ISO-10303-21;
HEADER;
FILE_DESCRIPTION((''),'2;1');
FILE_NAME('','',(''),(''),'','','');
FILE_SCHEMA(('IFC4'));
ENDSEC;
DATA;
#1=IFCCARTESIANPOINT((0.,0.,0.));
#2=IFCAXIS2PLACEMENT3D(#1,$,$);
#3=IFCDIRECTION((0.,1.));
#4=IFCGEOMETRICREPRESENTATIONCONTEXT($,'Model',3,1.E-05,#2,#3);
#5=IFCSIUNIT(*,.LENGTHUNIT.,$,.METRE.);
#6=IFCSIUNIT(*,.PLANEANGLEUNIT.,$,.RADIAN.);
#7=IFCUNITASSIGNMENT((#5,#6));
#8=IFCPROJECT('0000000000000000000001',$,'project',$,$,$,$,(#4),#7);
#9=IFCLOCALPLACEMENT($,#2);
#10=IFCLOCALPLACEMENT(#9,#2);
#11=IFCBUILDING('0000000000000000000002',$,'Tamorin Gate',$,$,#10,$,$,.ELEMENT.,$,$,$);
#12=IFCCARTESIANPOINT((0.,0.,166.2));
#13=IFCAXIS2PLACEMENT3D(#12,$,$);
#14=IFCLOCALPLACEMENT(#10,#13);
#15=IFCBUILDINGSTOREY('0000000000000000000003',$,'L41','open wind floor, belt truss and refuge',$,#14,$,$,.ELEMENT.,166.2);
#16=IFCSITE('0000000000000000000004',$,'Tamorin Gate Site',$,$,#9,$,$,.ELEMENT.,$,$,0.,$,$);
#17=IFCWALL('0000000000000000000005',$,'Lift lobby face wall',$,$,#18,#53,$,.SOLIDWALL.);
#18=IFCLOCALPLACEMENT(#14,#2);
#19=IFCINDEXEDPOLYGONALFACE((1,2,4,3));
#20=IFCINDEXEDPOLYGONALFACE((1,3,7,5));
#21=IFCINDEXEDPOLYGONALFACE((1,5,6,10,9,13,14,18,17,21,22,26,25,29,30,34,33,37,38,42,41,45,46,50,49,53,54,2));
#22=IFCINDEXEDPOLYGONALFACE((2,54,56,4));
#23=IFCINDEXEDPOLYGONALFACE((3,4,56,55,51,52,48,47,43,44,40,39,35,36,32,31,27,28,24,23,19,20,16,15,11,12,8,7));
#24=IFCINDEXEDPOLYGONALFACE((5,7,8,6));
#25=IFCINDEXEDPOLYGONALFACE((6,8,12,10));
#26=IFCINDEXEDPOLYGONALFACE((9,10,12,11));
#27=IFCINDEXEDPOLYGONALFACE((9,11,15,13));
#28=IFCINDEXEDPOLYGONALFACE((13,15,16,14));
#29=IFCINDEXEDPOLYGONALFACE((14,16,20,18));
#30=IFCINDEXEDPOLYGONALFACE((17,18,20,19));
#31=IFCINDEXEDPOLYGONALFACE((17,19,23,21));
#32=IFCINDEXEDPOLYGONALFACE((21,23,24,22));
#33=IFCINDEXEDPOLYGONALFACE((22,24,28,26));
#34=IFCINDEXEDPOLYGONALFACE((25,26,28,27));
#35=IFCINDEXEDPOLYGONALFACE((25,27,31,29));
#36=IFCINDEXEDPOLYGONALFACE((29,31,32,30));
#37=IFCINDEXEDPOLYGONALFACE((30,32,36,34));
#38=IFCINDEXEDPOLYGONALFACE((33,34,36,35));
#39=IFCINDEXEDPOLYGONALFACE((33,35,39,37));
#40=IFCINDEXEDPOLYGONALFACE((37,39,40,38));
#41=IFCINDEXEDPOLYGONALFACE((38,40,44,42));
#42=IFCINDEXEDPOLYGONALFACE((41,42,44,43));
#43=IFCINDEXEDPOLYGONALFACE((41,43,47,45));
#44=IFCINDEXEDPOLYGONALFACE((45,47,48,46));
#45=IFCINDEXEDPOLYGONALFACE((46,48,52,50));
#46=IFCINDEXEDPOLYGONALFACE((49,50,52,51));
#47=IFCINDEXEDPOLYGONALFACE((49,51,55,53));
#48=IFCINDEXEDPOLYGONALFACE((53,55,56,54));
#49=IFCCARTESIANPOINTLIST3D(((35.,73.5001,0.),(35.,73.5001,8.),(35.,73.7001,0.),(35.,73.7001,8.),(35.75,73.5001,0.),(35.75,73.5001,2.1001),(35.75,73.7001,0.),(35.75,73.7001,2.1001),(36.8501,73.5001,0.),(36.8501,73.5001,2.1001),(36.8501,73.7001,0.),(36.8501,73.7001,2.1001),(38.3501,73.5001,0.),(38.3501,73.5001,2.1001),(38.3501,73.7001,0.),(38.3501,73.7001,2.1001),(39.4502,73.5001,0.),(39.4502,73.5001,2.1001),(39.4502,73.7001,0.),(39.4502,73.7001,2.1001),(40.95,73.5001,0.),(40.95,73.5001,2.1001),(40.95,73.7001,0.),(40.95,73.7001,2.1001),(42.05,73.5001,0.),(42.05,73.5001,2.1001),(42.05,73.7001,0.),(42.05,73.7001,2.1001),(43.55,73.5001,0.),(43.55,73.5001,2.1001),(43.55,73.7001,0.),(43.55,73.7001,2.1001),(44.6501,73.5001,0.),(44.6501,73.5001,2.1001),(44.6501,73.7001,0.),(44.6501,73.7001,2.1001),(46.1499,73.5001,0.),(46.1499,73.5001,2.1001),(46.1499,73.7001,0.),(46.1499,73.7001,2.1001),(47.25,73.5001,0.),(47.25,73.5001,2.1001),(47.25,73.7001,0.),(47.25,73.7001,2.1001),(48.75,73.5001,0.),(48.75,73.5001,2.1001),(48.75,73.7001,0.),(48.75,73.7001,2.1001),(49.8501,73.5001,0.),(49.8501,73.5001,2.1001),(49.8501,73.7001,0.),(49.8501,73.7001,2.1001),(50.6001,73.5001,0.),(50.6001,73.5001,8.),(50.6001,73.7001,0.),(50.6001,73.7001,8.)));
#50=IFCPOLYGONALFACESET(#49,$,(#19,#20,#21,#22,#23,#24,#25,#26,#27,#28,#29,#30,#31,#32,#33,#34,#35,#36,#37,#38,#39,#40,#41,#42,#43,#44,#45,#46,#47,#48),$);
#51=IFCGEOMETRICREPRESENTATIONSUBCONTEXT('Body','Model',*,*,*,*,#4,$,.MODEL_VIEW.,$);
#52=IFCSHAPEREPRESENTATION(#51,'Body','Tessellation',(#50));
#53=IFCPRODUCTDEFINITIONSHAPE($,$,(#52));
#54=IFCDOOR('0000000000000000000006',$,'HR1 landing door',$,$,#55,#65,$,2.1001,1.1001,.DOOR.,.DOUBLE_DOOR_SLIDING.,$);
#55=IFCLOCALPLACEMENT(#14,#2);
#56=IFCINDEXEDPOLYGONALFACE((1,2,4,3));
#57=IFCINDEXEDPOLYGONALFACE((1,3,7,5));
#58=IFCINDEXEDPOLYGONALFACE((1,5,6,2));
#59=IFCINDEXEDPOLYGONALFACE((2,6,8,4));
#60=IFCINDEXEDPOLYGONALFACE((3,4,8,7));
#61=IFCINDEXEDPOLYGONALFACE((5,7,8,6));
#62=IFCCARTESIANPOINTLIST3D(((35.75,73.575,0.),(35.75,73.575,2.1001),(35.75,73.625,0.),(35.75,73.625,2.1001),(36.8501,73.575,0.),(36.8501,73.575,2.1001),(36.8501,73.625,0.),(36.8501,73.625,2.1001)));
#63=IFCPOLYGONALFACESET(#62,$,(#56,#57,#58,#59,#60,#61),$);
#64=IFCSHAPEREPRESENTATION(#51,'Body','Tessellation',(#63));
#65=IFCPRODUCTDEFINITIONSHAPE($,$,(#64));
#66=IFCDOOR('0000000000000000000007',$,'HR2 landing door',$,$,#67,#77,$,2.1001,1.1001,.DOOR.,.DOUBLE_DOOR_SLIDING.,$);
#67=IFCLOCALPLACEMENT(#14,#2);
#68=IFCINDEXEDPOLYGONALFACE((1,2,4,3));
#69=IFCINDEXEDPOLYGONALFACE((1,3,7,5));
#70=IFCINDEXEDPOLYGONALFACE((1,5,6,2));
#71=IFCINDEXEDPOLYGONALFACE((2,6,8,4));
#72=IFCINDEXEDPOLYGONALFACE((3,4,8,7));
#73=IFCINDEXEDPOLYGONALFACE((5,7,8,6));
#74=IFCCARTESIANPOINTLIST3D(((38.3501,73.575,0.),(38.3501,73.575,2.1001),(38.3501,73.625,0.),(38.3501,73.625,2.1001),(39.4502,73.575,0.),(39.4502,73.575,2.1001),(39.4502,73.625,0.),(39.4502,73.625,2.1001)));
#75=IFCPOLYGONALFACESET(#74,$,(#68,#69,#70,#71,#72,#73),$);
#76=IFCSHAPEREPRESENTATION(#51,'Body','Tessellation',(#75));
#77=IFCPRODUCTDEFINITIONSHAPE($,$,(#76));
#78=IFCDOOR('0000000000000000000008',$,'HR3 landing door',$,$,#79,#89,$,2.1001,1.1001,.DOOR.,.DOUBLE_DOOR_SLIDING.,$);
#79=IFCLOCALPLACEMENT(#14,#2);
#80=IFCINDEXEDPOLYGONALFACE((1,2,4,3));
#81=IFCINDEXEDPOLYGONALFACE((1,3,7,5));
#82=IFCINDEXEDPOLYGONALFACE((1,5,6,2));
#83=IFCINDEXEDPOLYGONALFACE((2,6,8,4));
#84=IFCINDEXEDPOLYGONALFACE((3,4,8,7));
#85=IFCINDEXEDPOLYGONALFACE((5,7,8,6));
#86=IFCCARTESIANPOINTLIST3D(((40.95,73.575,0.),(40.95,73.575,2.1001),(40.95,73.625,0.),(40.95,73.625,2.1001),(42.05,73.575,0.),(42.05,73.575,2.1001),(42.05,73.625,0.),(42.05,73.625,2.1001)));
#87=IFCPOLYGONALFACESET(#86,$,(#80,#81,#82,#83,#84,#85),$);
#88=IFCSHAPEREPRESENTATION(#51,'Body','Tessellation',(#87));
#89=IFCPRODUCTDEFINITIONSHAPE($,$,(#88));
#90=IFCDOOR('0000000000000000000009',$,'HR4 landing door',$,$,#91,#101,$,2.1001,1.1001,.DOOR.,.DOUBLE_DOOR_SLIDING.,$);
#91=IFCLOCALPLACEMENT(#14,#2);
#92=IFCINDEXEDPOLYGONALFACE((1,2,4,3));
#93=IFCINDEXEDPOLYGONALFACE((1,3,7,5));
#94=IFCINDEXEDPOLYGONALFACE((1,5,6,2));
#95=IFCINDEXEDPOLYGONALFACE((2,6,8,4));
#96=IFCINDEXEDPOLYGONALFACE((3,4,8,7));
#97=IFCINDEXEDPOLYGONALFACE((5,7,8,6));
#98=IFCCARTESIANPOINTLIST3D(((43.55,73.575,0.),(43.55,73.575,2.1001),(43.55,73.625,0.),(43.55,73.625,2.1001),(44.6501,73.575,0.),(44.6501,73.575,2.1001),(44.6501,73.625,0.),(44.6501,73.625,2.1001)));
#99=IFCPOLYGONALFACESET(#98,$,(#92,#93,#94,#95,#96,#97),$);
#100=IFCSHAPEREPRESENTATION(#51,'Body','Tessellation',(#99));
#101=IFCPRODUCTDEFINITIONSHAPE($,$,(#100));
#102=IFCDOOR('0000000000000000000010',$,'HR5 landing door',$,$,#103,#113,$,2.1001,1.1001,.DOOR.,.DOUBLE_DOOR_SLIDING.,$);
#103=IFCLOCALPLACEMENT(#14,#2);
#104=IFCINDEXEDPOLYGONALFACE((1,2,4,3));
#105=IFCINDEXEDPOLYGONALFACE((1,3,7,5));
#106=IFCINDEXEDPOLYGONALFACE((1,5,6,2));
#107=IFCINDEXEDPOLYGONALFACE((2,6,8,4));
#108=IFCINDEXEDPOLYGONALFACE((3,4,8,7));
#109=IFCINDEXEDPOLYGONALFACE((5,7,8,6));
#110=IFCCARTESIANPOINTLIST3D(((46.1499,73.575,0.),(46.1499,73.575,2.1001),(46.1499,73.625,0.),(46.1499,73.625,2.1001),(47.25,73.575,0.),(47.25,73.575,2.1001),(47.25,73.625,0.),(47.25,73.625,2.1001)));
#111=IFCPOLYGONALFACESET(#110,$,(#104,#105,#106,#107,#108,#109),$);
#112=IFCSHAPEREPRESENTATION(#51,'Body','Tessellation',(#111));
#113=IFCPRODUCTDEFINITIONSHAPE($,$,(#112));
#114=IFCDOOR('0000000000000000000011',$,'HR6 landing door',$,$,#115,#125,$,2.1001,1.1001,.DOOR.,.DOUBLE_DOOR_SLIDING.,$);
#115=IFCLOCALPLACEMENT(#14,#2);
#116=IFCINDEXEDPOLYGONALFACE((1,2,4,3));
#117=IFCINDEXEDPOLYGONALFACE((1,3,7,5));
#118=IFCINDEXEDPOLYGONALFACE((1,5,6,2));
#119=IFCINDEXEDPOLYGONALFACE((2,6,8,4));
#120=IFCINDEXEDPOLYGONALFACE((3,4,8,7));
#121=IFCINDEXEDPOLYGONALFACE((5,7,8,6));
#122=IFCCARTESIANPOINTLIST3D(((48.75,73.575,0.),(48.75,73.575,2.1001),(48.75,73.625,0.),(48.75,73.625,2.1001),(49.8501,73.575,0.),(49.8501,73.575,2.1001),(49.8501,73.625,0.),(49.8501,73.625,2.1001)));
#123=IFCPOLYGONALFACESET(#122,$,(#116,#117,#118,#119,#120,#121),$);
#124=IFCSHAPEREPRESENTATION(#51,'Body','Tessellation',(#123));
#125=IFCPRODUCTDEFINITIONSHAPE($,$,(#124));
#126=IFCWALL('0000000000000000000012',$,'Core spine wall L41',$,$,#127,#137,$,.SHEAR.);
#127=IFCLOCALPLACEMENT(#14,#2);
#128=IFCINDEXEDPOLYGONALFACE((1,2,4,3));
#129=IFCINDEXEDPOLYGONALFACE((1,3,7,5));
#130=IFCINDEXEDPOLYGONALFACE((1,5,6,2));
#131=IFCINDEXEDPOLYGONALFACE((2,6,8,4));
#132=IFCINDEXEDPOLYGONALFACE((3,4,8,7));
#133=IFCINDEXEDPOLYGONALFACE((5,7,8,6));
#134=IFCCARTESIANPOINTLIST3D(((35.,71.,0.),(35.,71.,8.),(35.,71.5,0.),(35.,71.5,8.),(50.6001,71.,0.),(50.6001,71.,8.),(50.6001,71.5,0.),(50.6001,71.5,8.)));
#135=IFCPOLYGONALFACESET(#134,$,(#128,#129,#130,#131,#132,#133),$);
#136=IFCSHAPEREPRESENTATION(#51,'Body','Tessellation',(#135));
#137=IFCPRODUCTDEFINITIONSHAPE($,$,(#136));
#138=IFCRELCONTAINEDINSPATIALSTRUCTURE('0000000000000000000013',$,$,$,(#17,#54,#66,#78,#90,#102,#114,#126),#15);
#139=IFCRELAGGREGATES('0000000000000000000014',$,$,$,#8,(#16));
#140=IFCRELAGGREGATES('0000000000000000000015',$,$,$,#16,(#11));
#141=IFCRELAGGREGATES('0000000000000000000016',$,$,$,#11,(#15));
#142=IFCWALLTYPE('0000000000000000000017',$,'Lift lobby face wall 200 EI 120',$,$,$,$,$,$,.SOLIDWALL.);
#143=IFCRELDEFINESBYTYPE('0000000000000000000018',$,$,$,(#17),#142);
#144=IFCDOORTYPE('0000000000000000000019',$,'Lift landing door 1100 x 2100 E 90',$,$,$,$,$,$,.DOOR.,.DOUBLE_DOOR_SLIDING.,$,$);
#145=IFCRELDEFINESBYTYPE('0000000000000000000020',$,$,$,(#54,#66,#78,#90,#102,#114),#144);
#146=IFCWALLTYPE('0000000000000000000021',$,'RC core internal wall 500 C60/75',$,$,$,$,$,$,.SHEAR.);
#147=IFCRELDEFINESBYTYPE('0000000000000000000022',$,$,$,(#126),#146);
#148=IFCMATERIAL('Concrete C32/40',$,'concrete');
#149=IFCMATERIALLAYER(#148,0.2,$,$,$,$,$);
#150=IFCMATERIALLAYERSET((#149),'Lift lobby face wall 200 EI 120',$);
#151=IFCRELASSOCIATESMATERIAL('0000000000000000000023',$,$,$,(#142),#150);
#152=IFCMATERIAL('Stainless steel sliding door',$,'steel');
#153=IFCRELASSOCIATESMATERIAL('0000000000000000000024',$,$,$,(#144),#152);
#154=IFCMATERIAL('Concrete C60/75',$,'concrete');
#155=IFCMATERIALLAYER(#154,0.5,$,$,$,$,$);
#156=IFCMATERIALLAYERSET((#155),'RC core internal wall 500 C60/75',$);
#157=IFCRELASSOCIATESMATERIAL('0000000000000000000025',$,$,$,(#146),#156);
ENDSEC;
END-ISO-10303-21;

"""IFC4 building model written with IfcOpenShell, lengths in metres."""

from ifc_helpers import new_model, si_unit, direction, frame, frame_2d, origin, place, context, subcontext, project, spatial, rectangle, extrude, material, layer, layer_set, type_object, element, fill, save


model = new_model("IFC4")

# Units and contexts
model_context = context("Model", 3, precision=1e-05, world=origin(), true_north=direction((0.0, 1.0)))
body_context = subcontext(model_context, "Body", "Model", "MODEL_VIEW")
ifc_project = project(units=[si_unit("LENGTHUNIT", "METRE"), si_unit("PLANEANGLEUNIT", "RADIAN")], contexts=[model_context])

# Site, building, storey
site_placement = place(None, origin())
site = spatial("IfcSite", under=ifc_project, at=site_placement, Name="Tamorin Gate Site", CompositionType="ELEMENT", RefElevation=0.0)
building_placement = place(site_placement, origin())
building = spatial("IfcBuilding", under=site, at=building_placement, Name="Tamorin Gate", CompositionType="ELEMENT")
storey_placement = place(building_placement, frame((0.0, 0.0, 166.2)))
storey = spatial("IfcBuildingStorey", under=building, at=storey_placement, Name="L41", Description="open wind floor, belt truss and refuge", CompositionType="ELEMENT", Elevation=166.2)

# Wall, openings, doors
ifc_material_1 = material(Name="Concrete C32/40", Category="concrete")
ifc_layer_1 = layer(ifc_material_1, 0.2)
ifc_layer_set_1 = layer_set([ifc_layer_1], Name="Lift lobby face wall 200 EI 120")
wall_type_1 = type_object("IfcWallType", Name="Lift lobby face wall 200 EI 120", PredefinedType="SOLIDWALL", material=ifc_layer_set_1)
wall_1_placement = place(storey_placement, frame((35.0, 73.6001, 0.0), z_axis=(0.0, 0.0, 1.0), x_axis=(1.0, 0.0, 0.0)))
wall_1 = element("IfcWall", 1, at=wall_1_placement, inside=storey, type_object=wall_type_1, Name="Lift lobby face wall", PredefinedType="SOLIDWALL", context=body_context, shape_type="SweptSolid", body=[
    extrude(rectangle(XDim=15.6001, YDim=0.2, at=frame_2d((7.8, 0.0))), origin(), (0.0, 0.0, 1.0), 8.0),
])
opening_1_placement = place(wall_1_placement, frame((0.75, 0.0, 0.0)))
opening_1 = element("IfcOpeningElement", 2, at=opening_1_placement, cuts=wall_1, PredefinedType="OPENING", context=body_context, shape_type="SweptSolid", body=[
    extrude(rectangle(XDim=1.1001, YDim=2.1001, at=frame_2d((0.55, 1.05))), frame((0.0, 0.1099, 0.0), z_axis=(0.0, -1.0, 0.0), x_axis=(1.0, 0.0, 0.0)), (0.0, 0.0, 1.0), 0.22),
])
opening_2_placement = place(wall_1_placement, frame((3.3501, 0.0, 0.0)))
opening_2 = element("IfcOpeningElement", 3, at=opening_2_placement, cuts=wall_1, PredefinedType="OPENING", context=body_context, shape_type="SweptSolid", body=[
    extrude(rectangle(XDim=1.1001, YDim=2.1001, at=frame_2d((0.55, 1.05))), frame((0.0, 0.1099, 0.0), z_axis=(0.0, -1.0, 0.0), x_axis=(1.0, 0.0, 0.0)), (0.0, 0.0, 1.0), 0.22),
])
opening_3_placement = place(wall_1_placement, frame((5.95, 0.0, 0.0)))
opening_3 = element("IfcOpeningElement", 4, at=opening_3_placement, cuts=wall_1, PredefinedType="OPENING", context=body_context, shape_type="SweptSolid", body=[
    extrude(rectangle(XDim=1.1001, YDim=2.1001, at=frame_2d((0.55, 1.05))), frame((0.0, 0.1099, 0.0), z_axis=(0.0, -1.0, 0.0), x_axis=(1.0, 0.0, 0.0)), (0.0, 0.0, 1.0), 0.22),
])
opening_4_placement = place(wall_1_placement, frame((8.55, 0.0, 0.0)))
opening_4 = element("IfcOpeningElement", 5, at=opening_4_placement, cuts=wall_1, PredefinedType="OPENING", context=body_context, shape_type="SweptSolid", body=[
    extrude(rectangle(XDim=1.1001, YDim=2.1001, at=frame_2d((0.55, 1.05))), frame((0.0, 0.1099, 0.0), z_axis=(0.0, -1.0, 0.0), x_axis=(1.0, 0.0, 0.0)), (0.0, 0.0, 1.0), 0.22),
])
opening_5_placement = place(wall_1_placement, frame((11.1499, 0.0, 0.0)))
opening_5 = element("IfcOpeningElement", 6, at=opening_5_placement, cuts=wall_1, PredefinedType="OPENING", context=body_context, shape_type="SweptSolid", body=[
    extrude(rectangle(XDim=1.1001, YDim=2.1001, at=frame_2d((0.55, 1.05))), frame((0.0, 0.1099, 0.0), z_axis=(0.0, -1.0, 0.0), x_axis=(1.0, 0.0, 0.0)), (0.0, 0.0, 1.0), 0.22),
])
opening_6_placement = place(wall_1_placement, frame((13.75, 0.0, 0.0)))
opening_6 = element("IfcOpeningElement", 7, at=opening_6_placement, cuts=wall_1, PredefinedType="OPENING", context=body_context, shape_type="SweptSolid", body=[
    extrude(rectangle(XDim=1.1001, YDim=2.1001, at=frame_2d((0.55, 1.05))), frame((0.0, 0.1099, 0.0), z_axis=(0.0, -1.0, 0.0), x_axis=(1.0, 0.0, 0.0)), (0.0, 0.0, 1.0), 0.22),
])
ifc_material_2 = material(Name="Stainless steel sliding door", Category="steel")
door_type_1 = type_object("IfcDoorType", Name="Lift landing door 1100 x 2100 E 90", OperationType="DOUBLE_DOOR_SLIDING", PredefinedType="DOOR", material=ifc_material_2)
door_1_placement = place(opening_1_placement, origin())
door_1 = element("IfcDoor", 8, at=door_1_placement, inside=storey, type_object=door_type_1, Name="HR1 landing door", OperationType="DOUBLE_DOOR_SLIDING", OverallHeight=2.1001, OverallWidth=1.1001, PredefinedType="DOOR", context=body_context, shape_type="SweptSolid", body=[
    extrude(rectangle(XDim=1.1001, YDim=2.1001, at=frame_2d((0.55, 1.05))), frame((0.0, 0.0249, 0.0), z_axis=(0.0, -1.0, 0.0), x_axis=(1.0, 0.0, 0.0)), (0.0, 0.0, 1.0), 0.05),
])
fill(opening_1, door_1)
door_2_placement = place(opening_2_placement, origin())
door_2 = element("IfcDoor", 9, at=door_2_placement, inside=storey, type_object=door_type_1, Name="HR2 landing door", OperationType="DOUBLE_DOOR_SLIDING", OverallHeight=2.1001, OverallWidth=1.1001, PredefinedType="DOOR", context=body_context, shape_type="SweptSolid", body=[
    extrude(rectangle(XDim=1.1001, YDim=2.1001, at=frame_2d((0.55, 1.05))), frame((0.0, 0.0249, 0.0), z_axis=(0.0, -1.0, 0.0), x_axis=(1.0, 0.0, 0.0)), (0.0, 0.0, 1.0), 0.05),
])
fill(opening_2, door_2)
door_3_placement = place(opening_3_placement, origin())
door_3 = element("IfcDoor", 10, at=door_3_placement, inside=storey, type_object=door_type_1, Name="HR3 landing door", OperationType="DOUBLE_DOOR_SLIDING", OverallHeight=2.1001, OverallWidth=1.1001, PredefinedType="DOOR", context=body_context, shape_type="SweptSolid", body=[
    extrude(rectangle(XDim=1.1001, YDim=2.1001, at=frame_2d((0.55, 1.05))), frame((0.0, 0.0249, 0.0), z_axis=(0.0, -1.0, 0.0), x_axis=(1.0, 0.0, 0.0)), (0.0, 0.0, 1.0), 0.05),
])
fill(opening_3, door_3)
door_4_placement = place(opening_4_placement, origin())
door_4 = element("IfcDoor", 11, at=door_4_placement, inside=storey, type_object=door_type_1, Name="HR4 landing door", OperationType="DOUBLE_DOOR_SLIDING", OverallHeight=2.1001, OverallWidth=1.1001, PredefinedType="DOOR", context=body_context, shape_type="SweptSolid", body=[
    extrude(rectangle(XDim=1.1001, YDim=2.1001, at=frame_2d((0.55, 1.05))), frame((0.0, 0.0249, 0.0), z_axis=(0.0, -1.0, 0.0), x_axis=(1.0, 0.0, 0.0)), (0.0, 0.0, 1.0), 0.05),
])
fill(opening_4, door_4)
door_5_placement = place(opening_5_placement, origin())
door_5 = element("IfcDoor", 12, at=door_5_placement, inside=storey, type_object=door_type_1, Name="HR5 landing door", OperationType="DOUBLE_DOOR_SLIDING", OverallHeight=2.1001, OverallWidth=1.1001, PredefinedType="DOOR", context=body_context, shape_type="SweptSolid", body=[
    extrude(rectangle(XDim=1.1001, YDim=2.1001, at=frame_2d((0.55, 1.05))), frame((0.0, 0.0249, 0.0), z_axis=(0.0, -1.0, 0.0), x_axis=(1.0, 0.0, 0.0)), (0.0, 0.0, 1.0), 0.05),
])
fill(opening_5, door_5)
door_6_placement = place(opening_6_placement, origin())
door_6 = element("IfcDoor", 13, at=door_6_placement, inside=storey, type_object=door_type_1, Name="HR6 landing door", OperationType="DOUBLE_DOOR_SLIDING", OverallHeight=2.1001, OverallWidth=1.1001, PredefinedType="DOOR", context=body_context, shape_type="SweptSolid", body=[
    extrude(rectangle(XDim=1.1001, YDim=2.1001, at=frame_2d((0.55, 1.05))), frame((0.0, 0.0249, 0.0), z_axis=(0.0, -1.0, 0.0), x_axis=(1.0, 0.0, 0.0)), (0.0, 0.0, 1.0), 0.05),
])
fill(opening_6, door_6)

# Wall
ifc_material_3 = material(Name="Concrete C60/75", Category="concrete")
ifc_layer_2 = layer(ifc_material_3, 0.5)
ifc_layer_set_2 = layer_set([ifc_layer_2], Name="RC core internal wall 500 C60/75")
wall_type_2 = type_object("IfcWallType", Name="RC core internal wall 500 C60/75", PredefinedType="SHEAR", material=ifc_layer_set_2)
wall_2_placement = place(storey_placement, frame((35.0, 71.25, 0.0), z_axis=(0.0, 0.0, 1.0), x_axis=(1.0, 0.0, 0.0)))
element("IfcWall", 14, at=wall_2_placement, inside=storey, type_object=wall_type_2, Name="Core spine wall L41", PredefinedType="SHEAR", context=body_context, shape_type="SweptSolid", body=[
    extrude(rectangle(XDim=15.6001, YDim=0.5, at=frame_2d((7.8, 0.0))), origin(), (0.0, 0.0, 1.0), 8.0),
])

save(model, "model.ifc")
